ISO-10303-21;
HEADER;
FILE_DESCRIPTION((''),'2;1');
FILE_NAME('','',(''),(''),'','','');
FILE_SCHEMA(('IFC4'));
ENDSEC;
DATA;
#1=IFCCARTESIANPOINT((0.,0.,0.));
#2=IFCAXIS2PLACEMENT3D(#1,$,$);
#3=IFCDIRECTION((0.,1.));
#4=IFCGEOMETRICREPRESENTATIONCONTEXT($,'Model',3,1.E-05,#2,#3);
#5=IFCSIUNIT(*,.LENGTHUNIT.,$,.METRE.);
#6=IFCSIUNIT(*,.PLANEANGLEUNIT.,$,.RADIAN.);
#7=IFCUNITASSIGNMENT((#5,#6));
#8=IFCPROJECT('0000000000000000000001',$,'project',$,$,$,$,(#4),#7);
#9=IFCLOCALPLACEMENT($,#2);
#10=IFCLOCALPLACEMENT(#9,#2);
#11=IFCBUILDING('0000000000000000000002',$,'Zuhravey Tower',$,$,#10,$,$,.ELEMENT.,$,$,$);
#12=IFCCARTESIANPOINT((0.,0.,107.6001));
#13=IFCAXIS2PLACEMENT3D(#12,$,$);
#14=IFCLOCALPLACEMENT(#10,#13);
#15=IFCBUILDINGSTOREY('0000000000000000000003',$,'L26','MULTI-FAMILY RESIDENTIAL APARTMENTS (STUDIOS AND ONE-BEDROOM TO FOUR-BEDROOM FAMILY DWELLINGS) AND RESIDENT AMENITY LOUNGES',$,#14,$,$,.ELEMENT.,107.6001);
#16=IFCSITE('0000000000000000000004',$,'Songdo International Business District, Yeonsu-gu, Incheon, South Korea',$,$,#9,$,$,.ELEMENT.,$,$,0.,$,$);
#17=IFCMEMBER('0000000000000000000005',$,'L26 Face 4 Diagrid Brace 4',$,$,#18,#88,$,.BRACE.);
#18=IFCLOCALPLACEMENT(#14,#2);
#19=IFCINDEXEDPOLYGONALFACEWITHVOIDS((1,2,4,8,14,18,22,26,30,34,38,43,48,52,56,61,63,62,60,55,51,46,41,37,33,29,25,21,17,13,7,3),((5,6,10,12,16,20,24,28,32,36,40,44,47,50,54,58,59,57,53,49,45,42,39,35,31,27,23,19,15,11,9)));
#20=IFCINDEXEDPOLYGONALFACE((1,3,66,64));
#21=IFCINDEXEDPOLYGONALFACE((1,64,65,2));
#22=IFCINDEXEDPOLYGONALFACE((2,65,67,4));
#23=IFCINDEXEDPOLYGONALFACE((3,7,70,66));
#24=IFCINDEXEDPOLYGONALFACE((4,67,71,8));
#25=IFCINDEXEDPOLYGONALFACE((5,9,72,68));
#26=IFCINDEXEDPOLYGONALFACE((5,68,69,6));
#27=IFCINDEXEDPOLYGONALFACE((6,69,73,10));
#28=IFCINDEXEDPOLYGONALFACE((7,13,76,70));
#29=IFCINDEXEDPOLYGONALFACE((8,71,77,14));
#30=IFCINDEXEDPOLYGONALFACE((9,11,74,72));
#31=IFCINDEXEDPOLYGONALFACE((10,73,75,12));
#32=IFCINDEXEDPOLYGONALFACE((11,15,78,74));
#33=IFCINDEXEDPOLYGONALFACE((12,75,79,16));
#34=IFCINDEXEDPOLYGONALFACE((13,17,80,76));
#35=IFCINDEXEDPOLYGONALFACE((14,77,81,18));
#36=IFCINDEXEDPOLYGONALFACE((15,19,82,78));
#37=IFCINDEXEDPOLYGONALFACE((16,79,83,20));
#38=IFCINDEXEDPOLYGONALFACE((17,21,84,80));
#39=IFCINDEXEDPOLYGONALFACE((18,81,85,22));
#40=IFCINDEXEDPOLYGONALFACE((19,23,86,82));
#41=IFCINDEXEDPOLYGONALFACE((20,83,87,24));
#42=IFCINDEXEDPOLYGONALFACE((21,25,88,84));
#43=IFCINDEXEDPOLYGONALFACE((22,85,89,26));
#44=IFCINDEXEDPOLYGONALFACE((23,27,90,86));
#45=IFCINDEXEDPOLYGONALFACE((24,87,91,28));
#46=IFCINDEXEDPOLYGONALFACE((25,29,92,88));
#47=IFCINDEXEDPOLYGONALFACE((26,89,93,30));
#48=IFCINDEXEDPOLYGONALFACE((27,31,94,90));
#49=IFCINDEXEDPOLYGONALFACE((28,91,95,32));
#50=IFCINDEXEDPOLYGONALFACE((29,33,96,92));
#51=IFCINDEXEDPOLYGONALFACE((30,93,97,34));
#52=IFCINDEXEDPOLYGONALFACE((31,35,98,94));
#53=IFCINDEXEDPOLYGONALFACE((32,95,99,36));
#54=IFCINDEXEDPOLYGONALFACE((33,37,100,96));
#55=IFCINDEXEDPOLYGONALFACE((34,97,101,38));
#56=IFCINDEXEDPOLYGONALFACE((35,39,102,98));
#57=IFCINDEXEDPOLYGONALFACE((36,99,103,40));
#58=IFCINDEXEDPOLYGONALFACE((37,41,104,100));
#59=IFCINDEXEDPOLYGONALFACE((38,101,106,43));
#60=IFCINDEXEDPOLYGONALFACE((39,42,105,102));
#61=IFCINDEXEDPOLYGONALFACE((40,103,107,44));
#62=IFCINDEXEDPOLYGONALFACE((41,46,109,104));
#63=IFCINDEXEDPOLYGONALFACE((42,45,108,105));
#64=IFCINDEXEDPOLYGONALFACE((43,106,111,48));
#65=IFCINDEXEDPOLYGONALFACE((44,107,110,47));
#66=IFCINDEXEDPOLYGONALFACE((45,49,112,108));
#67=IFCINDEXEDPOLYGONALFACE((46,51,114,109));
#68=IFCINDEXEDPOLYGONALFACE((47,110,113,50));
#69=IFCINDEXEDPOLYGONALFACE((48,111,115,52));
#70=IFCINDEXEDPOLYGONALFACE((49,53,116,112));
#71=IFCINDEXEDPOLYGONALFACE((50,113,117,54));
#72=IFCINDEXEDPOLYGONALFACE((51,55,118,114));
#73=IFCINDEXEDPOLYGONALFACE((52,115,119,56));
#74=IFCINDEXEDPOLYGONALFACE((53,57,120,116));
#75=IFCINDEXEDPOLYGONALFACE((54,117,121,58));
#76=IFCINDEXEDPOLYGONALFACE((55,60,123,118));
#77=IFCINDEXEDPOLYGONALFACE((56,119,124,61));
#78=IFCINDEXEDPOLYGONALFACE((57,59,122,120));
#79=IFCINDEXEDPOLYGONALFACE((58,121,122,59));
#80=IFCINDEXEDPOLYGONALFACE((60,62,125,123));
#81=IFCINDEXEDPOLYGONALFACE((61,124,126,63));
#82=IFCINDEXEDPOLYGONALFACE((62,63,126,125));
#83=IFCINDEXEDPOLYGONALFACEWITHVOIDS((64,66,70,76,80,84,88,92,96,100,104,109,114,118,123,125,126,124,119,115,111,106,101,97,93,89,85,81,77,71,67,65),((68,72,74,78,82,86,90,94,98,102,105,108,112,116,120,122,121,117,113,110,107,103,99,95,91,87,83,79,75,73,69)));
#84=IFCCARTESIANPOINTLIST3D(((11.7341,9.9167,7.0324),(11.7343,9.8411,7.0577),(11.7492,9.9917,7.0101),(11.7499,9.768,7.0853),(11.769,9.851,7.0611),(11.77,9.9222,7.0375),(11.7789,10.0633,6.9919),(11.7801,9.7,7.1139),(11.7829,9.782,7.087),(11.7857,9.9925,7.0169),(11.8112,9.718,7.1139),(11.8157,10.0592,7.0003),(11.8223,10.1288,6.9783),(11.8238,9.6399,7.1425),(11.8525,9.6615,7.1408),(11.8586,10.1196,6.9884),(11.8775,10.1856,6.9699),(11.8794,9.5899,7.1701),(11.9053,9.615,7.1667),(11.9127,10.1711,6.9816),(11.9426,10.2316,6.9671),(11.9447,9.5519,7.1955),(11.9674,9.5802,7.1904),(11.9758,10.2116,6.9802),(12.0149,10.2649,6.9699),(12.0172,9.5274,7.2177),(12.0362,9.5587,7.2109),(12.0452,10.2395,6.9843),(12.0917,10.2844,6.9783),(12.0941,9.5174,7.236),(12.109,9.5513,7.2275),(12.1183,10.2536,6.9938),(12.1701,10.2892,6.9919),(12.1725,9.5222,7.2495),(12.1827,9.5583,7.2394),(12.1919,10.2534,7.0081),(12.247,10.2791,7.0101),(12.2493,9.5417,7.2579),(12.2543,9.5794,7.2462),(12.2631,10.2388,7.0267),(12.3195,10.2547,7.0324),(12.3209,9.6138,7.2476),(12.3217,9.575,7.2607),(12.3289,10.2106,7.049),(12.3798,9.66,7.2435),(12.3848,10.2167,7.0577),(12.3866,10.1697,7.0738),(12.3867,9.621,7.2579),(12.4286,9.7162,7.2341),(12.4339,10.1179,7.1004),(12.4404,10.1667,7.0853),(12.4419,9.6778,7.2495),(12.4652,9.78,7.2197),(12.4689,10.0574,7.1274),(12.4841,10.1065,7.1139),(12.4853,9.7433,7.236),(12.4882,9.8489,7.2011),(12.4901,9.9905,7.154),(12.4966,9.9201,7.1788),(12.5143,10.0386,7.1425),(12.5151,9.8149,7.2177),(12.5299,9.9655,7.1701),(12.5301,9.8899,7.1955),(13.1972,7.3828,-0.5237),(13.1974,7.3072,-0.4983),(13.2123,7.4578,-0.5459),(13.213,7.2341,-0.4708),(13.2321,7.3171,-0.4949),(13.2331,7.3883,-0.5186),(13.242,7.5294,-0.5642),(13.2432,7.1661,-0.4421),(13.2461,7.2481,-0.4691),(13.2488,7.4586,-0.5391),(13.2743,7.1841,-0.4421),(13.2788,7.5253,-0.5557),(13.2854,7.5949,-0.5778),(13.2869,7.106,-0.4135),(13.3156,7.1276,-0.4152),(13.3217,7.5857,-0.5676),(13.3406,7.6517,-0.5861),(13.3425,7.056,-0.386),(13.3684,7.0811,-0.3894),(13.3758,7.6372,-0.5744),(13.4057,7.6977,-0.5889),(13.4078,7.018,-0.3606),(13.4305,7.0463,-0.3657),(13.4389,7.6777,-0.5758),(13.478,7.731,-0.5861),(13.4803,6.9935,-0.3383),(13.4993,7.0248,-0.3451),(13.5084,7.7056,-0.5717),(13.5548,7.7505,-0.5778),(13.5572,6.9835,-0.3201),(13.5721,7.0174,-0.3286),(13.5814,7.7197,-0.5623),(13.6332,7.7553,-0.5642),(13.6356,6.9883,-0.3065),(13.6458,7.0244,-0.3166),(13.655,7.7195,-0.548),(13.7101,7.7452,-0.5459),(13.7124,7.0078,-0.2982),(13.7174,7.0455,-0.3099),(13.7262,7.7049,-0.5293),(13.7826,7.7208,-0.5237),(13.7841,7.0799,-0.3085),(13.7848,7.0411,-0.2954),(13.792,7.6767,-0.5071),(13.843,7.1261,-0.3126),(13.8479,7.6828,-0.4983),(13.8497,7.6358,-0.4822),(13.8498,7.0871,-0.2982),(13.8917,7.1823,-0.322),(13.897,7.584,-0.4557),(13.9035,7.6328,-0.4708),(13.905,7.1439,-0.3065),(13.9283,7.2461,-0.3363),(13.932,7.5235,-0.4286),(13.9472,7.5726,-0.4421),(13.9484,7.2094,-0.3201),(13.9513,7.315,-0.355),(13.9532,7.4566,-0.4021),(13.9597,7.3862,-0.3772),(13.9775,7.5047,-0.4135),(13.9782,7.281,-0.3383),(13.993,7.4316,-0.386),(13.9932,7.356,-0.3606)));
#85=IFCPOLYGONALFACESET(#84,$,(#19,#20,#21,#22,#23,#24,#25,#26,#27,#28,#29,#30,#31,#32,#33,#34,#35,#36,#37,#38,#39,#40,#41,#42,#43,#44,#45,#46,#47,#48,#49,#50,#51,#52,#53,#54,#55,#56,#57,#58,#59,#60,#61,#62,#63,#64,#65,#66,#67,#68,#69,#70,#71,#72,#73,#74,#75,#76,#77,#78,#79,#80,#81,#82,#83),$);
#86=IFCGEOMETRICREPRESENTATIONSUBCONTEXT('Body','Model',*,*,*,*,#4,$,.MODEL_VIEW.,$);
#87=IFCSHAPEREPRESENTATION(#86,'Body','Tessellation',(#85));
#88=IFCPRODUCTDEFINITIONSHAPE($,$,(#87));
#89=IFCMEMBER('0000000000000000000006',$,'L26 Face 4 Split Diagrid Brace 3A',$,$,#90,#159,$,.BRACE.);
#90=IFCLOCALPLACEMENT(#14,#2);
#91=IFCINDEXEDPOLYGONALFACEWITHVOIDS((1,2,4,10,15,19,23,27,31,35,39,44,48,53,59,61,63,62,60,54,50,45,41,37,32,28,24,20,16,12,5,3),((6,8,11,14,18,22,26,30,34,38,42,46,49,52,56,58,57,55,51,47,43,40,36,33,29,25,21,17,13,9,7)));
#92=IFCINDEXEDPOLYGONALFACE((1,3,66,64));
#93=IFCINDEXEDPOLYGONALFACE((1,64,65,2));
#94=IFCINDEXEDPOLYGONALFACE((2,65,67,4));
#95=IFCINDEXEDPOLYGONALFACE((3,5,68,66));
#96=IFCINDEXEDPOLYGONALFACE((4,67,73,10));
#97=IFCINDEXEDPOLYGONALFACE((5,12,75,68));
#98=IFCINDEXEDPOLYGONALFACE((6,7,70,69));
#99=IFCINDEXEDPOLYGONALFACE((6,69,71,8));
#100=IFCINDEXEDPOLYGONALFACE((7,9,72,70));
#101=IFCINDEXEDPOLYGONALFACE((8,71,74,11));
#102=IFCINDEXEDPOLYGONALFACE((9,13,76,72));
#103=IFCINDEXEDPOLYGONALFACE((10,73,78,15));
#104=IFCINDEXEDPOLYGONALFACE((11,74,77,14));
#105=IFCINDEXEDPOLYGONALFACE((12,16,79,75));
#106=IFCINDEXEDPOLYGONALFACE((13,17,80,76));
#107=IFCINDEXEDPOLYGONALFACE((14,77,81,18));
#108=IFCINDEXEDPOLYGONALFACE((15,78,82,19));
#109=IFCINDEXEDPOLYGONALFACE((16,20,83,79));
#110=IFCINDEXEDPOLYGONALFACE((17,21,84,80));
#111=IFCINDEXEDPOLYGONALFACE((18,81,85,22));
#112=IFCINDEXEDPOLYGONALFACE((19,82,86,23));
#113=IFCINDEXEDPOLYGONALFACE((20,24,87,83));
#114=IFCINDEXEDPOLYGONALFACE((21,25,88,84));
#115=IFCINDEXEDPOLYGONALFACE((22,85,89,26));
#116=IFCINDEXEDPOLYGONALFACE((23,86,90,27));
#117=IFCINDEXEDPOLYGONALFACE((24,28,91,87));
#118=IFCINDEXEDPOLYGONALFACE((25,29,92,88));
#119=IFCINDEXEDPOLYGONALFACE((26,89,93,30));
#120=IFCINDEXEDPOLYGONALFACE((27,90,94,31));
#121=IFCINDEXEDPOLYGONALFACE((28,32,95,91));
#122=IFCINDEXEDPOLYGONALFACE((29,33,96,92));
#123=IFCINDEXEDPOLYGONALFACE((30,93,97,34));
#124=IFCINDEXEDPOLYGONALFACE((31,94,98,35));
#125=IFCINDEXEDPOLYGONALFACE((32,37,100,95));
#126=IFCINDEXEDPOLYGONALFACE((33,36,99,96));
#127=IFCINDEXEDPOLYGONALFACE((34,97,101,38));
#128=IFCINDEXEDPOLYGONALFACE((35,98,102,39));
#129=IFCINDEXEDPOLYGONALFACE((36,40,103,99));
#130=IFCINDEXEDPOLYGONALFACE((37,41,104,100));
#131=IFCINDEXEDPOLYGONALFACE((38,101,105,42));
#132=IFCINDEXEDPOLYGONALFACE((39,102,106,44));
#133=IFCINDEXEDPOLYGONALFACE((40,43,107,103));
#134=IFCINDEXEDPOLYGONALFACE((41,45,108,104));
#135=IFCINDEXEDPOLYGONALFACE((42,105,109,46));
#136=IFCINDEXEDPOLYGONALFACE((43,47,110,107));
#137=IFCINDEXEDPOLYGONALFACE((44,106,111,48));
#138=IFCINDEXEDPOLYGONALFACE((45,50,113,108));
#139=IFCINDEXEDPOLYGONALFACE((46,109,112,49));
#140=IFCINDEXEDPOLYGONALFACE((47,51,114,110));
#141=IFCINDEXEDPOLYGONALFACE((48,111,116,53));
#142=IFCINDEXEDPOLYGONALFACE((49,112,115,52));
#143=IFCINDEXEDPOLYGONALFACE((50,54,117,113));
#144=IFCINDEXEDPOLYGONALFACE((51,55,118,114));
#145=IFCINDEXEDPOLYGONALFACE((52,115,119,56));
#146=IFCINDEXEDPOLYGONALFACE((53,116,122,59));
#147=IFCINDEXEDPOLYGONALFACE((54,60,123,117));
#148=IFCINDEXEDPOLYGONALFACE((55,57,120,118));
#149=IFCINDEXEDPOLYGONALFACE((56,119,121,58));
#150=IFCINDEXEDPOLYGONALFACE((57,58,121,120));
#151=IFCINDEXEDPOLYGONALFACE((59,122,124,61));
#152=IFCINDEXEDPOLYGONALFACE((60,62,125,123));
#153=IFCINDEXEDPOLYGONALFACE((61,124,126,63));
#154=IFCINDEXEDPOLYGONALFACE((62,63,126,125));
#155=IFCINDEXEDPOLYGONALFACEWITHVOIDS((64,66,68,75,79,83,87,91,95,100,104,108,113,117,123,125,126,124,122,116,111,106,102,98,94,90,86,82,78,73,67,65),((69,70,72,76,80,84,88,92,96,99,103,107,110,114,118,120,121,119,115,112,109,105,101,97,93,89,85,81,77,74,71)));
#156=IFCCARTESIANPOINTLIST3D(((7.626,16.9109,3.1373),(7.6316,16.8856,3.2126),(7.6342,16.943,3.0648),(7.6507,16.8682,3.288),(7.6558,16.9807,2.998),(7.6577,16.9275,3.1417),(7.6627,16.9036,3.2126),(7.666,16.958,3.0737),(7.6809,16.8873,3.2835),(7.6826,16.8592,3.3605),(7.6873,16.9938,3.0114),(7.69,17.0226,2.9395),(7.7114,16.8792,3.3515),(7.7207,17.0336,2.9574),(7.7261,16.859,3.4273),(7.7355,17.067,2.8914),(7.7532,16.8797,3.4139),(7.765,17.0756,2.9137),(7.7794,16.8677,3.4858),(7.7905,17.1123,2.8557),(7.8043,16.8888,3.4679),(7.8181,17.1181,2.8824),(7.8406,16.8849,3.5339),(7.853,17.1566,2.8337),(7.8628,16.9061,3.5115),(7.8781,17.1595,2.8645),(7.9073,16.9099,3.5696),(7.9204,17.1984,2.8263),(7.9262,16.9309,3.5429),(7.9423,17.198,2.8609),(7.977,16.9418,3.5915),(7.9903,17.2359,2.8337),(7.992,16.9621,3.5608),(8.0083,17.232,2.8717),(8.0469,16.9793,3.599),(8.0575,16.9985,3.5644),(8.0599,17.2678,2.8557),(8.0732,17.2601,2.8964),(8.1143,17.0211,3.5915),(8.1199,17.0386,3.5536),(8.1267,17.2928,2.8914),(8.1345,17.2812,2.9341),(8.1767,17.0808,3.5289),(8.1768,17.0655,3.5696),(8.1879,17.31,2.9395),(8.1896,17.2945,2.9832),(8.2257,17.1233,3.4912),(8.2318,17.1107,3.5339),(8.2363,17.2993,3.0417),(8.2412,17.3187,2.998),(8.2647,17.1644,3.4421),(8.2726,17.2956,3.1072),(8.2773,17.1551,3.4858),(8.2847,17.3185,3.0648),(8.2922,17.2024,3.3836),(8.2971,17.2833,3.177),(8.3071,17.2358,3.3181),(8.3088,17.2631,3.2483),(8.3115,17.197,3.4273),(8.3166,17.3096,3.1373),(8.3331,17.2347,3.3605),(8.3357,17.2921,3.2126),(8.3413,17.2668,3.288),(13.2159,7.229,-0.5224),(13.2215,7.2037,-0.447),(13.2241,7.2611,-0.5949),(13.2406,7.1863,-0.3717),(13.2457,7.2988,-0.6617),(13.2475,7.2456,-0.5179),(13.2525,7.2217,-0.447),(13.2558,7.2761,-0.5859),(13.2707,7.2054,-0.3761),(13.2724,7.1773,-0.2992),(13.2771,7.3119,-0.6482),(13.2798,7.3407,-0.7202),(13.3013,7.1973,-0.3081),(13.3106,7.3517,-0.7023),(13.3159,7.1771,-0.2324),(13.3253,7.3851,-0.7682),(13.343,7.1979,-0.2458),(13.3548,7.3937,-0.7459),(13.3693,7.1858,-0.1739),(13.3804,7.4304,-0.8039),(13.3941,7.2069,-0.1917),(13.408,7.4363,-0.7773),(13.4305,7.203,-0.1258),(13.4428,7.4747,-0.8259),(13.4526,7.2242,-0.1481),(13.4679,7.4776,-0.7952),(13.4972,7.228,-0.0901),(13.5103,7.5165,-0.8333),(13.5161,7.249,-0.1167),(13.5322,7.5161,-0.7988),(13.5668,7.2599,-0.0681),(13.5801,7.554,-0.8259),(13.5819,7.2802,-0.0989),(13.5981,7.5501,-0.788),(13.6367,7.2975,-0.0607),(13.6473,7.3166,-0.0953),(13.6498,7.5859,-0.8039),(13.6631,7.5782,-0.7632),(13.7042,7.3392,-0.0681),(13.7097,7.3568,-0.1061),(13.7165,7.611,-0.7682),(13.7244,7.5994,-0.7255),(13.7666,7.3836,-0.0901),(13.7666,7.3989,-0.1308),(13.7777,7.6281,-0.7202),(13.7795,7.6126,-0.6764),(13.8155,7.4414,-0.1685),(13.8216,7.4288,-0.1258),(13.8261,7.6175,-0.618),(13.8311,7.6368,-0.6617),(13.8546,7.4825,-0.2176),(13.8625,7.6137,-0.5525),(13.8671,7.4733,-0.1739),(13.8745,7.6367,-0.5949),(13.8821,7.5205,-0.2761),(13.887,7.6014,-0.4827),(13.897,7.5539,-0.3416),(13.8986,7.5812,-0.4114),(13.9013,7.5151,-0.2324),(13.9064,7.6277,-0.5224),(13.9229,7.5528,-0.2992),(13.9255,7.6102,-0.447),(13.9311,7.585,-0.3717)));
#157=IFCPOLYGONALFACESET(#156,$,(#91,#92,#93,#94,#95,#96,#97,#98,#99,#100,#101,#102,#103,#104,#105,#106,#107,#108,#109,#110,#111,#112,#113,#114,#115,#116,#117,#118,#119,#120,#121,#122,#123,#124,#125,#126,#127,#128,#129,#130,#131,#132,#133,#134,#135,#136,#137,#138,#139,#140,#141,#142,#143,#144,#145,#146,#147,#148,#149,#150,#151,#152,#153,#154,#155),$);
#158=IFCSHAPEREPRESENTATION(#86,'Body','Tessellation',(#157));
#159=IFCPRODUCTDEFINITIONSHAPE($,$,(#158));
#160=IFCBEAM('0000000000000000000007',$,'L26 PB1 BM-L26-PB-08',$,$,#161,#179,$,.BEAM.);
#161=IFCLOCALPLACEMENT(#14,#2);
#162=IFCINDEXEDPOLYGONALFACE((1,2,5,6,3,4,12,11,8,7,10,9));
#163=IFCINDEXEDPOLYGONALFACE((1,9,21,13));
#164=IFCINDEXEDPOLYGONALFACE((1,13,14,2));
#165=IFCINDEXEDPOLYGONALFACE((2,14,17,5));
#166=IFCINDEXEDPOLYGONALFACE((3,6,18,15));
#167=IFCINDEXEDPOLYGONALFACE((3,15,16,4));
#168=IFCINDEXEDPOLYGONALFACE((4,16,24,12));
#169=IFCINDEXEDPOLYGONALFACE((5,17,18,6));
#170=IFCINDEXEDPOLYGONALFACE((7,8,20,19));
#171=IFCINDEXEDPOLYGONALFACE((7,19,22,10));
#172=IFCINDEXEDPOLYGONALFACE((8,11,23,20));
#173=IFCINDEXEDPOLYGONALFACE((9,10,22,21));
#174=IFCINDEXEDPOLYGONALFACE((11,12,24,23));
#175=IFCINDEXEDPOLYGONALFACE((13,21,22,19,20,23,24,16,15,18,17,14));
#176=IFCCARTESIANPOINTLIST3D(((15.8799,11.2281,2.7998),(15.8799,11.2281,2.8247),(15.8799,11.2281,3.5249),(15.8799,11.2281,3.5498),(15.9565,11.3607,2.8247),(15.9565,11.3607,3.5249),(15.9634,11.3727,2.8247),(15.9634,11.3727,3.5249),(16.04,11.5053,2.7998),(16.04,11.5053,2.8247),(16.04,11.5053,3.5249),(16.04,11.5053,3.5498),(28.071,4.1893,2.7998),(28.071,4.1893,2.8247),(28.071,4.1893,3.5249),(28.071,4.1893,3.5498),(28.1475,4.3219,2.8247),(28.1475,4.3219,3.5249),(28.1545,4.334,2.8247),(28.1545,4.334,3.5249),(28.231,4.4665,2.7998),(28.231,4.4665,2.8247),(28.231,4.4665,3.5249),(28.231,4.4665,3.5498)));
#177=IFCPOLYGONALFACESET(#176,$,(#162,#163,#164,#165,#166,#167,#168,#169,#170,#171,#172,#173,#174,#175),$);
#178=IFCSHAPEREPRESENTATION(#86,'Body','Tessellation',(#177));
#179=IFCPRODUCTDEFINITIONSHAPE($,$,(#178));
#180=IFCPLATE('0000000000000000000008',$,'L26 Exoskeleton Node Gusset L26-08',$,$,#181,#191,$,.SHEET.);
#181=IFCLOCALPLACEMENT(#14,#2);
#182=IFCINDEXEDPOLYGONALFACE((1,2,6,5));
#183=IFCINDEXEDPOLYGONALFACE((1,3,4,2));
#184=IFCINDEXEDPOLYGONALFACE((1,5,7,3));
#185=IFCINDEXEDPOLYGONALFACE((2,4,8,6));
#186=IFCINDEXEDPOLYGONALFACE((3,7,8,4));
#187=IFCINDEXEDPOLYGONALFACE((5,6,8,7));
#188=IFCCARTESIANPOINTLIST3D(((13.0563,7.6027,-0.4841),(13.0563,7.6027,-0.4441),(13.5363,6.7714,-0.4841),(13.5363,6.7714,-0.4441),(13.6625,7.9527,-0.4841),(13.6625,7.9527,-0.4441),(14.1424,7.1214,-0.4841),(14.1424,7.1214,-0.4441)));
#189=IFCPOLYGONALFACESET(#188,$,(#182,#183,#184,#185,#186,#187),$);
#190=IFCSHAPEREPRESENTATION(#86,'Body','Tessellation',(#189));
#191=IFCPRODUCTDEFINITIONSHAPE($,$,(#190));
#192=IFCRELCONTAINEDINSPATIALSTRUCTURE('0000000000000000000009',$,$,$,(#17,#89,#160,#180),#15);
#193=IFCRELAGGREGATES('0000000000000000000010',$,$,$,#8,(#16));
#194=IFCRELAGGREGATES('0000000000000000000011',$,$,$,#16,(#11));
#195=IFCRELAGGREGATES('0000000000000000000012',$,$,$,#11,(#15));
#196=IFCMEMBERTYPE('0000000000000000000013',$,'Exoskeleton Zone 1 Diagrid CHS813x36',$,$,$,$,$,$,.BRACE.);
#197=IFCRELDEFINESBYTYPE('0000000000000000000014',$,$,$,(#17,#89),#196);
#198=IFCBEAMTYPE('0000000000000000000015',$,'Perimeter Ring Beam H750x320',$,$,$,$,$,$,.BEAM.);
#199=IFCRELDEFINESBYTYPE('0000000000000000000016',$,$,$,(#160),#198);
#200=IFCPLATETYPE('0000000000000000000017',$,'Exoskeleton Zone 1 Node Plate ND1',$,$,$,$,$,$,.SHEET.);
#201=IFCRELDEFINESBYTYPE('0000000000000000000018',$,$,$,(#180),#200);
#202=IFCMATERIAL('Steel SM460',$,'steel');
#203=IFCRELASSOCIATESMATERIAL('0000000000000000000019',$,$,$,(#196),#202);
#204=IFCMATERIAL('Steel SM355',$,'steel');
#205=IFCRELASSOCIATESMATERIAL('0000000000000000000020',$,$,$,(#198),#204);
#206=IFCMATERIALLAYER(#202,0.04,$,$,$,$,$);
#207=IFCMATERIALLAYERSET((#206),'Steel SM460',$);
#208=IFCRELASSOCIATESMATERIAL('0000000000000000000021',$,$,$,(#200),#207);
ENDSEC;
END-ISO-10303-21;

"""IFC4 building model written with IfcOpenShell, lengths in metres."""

from ifc_helpers import new_model, si_unit, direction, frame, origin, origin_2d, place, context, subcontext, project, spatial, rectangle, hollow_circle, i_section, extrude, material, layer, layer_set, material_profile, profile_set, type_object, element, save


model = new_model("IFC4")

# Units and contexts
model_context = context("Model", 3, precision=1e-05, world=origin(), true_north=direction((0.0, 1.0)))
body_context = subcontext(model_context, "Body", "Model", "MODEL_VIEW")
ifc_project = project(units=[si_unit("LENGTHUNIT", "METRE"), si_unit("PLANEANGLEUNIT", "RADIAN")], contexts=[model_context])

# Site, building, storey
site_placement = place(None, origin())
site = spatial("IfcSite", under=ifc_project, at=site_placement, Name="Songdo International Business District, Yeonsu-gu, Incheon, South Korea", CompositionType="ELEMENT", RefElevation=0.0)
building_placement = place(site_placement, origin())
building = spatial("IfcBuilding", under=site, at=building_placement, Name="Zuhravey Tower", CompositionType="ELEMENT")
storey_placement = place(building_placement, frame((0.0, 0.0, 107.6001)))
storey = spatial("IfcBuildingStorey", under=building, at=storey_placement, Name="L26", Description="MULTI-FAMILY RESIDENTIAL APARTMENTS (STUDIOS AND ONE-BEDROOM TO FOUR-BEDROOM FAMILY DWELLINGS) AND RESIDENT AMENITY LOUNGES", CompositionType="ELEMENT", Elevation=107.6001)

# Members
ifc_material_1 = material(Name="Steel SM460", Category="steel")
ifc_material_profile_1 = material_profile(ifc_material_1, hollow_circle(Radius=0.4065, WallThickness=0.0359, at=origin_2d()), Name="CHS-812.8x36")
ifc_profile_set_1 = profile_set([ifc_material_profile_1], Name="Steel SM460")
member_type_1 = type_object("IfcMemberType", Name="Exoskeleton Zone 1 Diagrid CHS813x36", PredefinedType="BRACE", material=ifc_profile_set_1)
member_1_placement = place(storey_placement, frame((13.5952, 7.3694, -0.4421), z_axis=(-0.180569, 0.312719, 0.932524), x_axis=(-0.866001, -0.500043, 0.0)))
element("IfcMember", 1, at=member_1_placement, inside=storey, type_object=member_type_1, Name="L26 Face 4 Diagrid Brace 4", PredefinedType="BRACE", context=body_context, shape_type="SweptSolid", body=[
    extrude(hollow_circle(Radius=0.4065, WallThickness=0.0359, at=origin_2d()), origin(), (0.0, 0.0, 1.0), 8.1028),
])
member_2_placement = place(storey_placement, frame((13.5735, 7.407, -0.447), z_axis=(-0.475188, 0.823049, 0.311105), x_axis=(-0.866025, -0.5, 0.0)))
element("IfcMember", 2, at=member_2_placement, inside=storey, type_object=member_type_1, Name="L26 Face 4 Split Diagrid Brace 3A", PredefinedType="BRACE", context=body_context, shape_type="SweptSolid", body=[
    extrude(hollow_circle(Radius=0.4065, WallThickness=0.0359, at=origin_2d()), origin(), (0.0, 0.0, 1.0), 11.7634),
])

# Beam
ifc_material_2 = material(Name="Steel SM355", Category="steel")
ifc_material_profile_2 = material_profile(ifc_material_2, i_section(OverallWidth=0.3201, OverallDepth=0.75, WebThickness=0.0139, FlangeThickness=0.0249, at=origin_2d()), Name="H-750x320x14x25")
ifc_profile_set_2 = profile_set([ifc_material_profile_2], Name="Steel SM355")
beam_type = type_object("IfcBeamType", Name="Perimeter Ring Beam H750x320", PredefinedType="BEAM", material=ifc_profile_set_2)
beam_placement = place(storey_placement, frame((15.96, 11.3667, 3.1748), z_axis=(0.866018, -0.500013, 0.0), x_axis=(0.500013, 0.866018, 0.0)))
element("IfcBeam", 3, at=beam_placement, inside=storey, type_object=beam_type, Name="L26 PB1 BM-L26-PB-08", PredefinedType="BEAM", context=body_context, shape_type="SweptSolid", body=[
    extrude(i_section(OverallWidth=0.3201, OverallDepth=0.75, WebThickness=0.0139, FlangeThickness=0.0249, at=origin_2d()), origin(), (0.0, 0.0, 1.0), 14.0771),
])

# Plate
ifc_layer_1 = layer(ifc_material_1, 0.04)
ifc_layer_set_1 = layer_set([ifc_layer_1], Name="Steel SM460")
plate_type_1 = type_object("IfcPlateType", Name="Exoskeleton Zone 1 Node Plate ND1", PredefinedType="SHEET", material=ifc_layer_set_1)
for number, where, z_axis, x_axis, name in (
    (4, (13.5994, 7.3621, -0.4841), (0.0, 0.0, 1.0), (0.5, -0.866025, 0.0), "L26 Exoskeleton Node Gusset L26-08"),
):
    element("IfcPlate", number, at=place(storey_placement, frame(where, z_axis=z_axis, x_axis=x_axis)), inside=storey, type_object=plate_type_1, Name=name, PredefinedType="SHEET", context=body_context, shape_type="SweptSolid", body=[
        extrude(rectangle(XDim=0.96, YDim=0.7, at=origin_2d()), origin(), (0.0, 0.0, 1.0), 0.04),
    ])

save(model, "model.ifc")
